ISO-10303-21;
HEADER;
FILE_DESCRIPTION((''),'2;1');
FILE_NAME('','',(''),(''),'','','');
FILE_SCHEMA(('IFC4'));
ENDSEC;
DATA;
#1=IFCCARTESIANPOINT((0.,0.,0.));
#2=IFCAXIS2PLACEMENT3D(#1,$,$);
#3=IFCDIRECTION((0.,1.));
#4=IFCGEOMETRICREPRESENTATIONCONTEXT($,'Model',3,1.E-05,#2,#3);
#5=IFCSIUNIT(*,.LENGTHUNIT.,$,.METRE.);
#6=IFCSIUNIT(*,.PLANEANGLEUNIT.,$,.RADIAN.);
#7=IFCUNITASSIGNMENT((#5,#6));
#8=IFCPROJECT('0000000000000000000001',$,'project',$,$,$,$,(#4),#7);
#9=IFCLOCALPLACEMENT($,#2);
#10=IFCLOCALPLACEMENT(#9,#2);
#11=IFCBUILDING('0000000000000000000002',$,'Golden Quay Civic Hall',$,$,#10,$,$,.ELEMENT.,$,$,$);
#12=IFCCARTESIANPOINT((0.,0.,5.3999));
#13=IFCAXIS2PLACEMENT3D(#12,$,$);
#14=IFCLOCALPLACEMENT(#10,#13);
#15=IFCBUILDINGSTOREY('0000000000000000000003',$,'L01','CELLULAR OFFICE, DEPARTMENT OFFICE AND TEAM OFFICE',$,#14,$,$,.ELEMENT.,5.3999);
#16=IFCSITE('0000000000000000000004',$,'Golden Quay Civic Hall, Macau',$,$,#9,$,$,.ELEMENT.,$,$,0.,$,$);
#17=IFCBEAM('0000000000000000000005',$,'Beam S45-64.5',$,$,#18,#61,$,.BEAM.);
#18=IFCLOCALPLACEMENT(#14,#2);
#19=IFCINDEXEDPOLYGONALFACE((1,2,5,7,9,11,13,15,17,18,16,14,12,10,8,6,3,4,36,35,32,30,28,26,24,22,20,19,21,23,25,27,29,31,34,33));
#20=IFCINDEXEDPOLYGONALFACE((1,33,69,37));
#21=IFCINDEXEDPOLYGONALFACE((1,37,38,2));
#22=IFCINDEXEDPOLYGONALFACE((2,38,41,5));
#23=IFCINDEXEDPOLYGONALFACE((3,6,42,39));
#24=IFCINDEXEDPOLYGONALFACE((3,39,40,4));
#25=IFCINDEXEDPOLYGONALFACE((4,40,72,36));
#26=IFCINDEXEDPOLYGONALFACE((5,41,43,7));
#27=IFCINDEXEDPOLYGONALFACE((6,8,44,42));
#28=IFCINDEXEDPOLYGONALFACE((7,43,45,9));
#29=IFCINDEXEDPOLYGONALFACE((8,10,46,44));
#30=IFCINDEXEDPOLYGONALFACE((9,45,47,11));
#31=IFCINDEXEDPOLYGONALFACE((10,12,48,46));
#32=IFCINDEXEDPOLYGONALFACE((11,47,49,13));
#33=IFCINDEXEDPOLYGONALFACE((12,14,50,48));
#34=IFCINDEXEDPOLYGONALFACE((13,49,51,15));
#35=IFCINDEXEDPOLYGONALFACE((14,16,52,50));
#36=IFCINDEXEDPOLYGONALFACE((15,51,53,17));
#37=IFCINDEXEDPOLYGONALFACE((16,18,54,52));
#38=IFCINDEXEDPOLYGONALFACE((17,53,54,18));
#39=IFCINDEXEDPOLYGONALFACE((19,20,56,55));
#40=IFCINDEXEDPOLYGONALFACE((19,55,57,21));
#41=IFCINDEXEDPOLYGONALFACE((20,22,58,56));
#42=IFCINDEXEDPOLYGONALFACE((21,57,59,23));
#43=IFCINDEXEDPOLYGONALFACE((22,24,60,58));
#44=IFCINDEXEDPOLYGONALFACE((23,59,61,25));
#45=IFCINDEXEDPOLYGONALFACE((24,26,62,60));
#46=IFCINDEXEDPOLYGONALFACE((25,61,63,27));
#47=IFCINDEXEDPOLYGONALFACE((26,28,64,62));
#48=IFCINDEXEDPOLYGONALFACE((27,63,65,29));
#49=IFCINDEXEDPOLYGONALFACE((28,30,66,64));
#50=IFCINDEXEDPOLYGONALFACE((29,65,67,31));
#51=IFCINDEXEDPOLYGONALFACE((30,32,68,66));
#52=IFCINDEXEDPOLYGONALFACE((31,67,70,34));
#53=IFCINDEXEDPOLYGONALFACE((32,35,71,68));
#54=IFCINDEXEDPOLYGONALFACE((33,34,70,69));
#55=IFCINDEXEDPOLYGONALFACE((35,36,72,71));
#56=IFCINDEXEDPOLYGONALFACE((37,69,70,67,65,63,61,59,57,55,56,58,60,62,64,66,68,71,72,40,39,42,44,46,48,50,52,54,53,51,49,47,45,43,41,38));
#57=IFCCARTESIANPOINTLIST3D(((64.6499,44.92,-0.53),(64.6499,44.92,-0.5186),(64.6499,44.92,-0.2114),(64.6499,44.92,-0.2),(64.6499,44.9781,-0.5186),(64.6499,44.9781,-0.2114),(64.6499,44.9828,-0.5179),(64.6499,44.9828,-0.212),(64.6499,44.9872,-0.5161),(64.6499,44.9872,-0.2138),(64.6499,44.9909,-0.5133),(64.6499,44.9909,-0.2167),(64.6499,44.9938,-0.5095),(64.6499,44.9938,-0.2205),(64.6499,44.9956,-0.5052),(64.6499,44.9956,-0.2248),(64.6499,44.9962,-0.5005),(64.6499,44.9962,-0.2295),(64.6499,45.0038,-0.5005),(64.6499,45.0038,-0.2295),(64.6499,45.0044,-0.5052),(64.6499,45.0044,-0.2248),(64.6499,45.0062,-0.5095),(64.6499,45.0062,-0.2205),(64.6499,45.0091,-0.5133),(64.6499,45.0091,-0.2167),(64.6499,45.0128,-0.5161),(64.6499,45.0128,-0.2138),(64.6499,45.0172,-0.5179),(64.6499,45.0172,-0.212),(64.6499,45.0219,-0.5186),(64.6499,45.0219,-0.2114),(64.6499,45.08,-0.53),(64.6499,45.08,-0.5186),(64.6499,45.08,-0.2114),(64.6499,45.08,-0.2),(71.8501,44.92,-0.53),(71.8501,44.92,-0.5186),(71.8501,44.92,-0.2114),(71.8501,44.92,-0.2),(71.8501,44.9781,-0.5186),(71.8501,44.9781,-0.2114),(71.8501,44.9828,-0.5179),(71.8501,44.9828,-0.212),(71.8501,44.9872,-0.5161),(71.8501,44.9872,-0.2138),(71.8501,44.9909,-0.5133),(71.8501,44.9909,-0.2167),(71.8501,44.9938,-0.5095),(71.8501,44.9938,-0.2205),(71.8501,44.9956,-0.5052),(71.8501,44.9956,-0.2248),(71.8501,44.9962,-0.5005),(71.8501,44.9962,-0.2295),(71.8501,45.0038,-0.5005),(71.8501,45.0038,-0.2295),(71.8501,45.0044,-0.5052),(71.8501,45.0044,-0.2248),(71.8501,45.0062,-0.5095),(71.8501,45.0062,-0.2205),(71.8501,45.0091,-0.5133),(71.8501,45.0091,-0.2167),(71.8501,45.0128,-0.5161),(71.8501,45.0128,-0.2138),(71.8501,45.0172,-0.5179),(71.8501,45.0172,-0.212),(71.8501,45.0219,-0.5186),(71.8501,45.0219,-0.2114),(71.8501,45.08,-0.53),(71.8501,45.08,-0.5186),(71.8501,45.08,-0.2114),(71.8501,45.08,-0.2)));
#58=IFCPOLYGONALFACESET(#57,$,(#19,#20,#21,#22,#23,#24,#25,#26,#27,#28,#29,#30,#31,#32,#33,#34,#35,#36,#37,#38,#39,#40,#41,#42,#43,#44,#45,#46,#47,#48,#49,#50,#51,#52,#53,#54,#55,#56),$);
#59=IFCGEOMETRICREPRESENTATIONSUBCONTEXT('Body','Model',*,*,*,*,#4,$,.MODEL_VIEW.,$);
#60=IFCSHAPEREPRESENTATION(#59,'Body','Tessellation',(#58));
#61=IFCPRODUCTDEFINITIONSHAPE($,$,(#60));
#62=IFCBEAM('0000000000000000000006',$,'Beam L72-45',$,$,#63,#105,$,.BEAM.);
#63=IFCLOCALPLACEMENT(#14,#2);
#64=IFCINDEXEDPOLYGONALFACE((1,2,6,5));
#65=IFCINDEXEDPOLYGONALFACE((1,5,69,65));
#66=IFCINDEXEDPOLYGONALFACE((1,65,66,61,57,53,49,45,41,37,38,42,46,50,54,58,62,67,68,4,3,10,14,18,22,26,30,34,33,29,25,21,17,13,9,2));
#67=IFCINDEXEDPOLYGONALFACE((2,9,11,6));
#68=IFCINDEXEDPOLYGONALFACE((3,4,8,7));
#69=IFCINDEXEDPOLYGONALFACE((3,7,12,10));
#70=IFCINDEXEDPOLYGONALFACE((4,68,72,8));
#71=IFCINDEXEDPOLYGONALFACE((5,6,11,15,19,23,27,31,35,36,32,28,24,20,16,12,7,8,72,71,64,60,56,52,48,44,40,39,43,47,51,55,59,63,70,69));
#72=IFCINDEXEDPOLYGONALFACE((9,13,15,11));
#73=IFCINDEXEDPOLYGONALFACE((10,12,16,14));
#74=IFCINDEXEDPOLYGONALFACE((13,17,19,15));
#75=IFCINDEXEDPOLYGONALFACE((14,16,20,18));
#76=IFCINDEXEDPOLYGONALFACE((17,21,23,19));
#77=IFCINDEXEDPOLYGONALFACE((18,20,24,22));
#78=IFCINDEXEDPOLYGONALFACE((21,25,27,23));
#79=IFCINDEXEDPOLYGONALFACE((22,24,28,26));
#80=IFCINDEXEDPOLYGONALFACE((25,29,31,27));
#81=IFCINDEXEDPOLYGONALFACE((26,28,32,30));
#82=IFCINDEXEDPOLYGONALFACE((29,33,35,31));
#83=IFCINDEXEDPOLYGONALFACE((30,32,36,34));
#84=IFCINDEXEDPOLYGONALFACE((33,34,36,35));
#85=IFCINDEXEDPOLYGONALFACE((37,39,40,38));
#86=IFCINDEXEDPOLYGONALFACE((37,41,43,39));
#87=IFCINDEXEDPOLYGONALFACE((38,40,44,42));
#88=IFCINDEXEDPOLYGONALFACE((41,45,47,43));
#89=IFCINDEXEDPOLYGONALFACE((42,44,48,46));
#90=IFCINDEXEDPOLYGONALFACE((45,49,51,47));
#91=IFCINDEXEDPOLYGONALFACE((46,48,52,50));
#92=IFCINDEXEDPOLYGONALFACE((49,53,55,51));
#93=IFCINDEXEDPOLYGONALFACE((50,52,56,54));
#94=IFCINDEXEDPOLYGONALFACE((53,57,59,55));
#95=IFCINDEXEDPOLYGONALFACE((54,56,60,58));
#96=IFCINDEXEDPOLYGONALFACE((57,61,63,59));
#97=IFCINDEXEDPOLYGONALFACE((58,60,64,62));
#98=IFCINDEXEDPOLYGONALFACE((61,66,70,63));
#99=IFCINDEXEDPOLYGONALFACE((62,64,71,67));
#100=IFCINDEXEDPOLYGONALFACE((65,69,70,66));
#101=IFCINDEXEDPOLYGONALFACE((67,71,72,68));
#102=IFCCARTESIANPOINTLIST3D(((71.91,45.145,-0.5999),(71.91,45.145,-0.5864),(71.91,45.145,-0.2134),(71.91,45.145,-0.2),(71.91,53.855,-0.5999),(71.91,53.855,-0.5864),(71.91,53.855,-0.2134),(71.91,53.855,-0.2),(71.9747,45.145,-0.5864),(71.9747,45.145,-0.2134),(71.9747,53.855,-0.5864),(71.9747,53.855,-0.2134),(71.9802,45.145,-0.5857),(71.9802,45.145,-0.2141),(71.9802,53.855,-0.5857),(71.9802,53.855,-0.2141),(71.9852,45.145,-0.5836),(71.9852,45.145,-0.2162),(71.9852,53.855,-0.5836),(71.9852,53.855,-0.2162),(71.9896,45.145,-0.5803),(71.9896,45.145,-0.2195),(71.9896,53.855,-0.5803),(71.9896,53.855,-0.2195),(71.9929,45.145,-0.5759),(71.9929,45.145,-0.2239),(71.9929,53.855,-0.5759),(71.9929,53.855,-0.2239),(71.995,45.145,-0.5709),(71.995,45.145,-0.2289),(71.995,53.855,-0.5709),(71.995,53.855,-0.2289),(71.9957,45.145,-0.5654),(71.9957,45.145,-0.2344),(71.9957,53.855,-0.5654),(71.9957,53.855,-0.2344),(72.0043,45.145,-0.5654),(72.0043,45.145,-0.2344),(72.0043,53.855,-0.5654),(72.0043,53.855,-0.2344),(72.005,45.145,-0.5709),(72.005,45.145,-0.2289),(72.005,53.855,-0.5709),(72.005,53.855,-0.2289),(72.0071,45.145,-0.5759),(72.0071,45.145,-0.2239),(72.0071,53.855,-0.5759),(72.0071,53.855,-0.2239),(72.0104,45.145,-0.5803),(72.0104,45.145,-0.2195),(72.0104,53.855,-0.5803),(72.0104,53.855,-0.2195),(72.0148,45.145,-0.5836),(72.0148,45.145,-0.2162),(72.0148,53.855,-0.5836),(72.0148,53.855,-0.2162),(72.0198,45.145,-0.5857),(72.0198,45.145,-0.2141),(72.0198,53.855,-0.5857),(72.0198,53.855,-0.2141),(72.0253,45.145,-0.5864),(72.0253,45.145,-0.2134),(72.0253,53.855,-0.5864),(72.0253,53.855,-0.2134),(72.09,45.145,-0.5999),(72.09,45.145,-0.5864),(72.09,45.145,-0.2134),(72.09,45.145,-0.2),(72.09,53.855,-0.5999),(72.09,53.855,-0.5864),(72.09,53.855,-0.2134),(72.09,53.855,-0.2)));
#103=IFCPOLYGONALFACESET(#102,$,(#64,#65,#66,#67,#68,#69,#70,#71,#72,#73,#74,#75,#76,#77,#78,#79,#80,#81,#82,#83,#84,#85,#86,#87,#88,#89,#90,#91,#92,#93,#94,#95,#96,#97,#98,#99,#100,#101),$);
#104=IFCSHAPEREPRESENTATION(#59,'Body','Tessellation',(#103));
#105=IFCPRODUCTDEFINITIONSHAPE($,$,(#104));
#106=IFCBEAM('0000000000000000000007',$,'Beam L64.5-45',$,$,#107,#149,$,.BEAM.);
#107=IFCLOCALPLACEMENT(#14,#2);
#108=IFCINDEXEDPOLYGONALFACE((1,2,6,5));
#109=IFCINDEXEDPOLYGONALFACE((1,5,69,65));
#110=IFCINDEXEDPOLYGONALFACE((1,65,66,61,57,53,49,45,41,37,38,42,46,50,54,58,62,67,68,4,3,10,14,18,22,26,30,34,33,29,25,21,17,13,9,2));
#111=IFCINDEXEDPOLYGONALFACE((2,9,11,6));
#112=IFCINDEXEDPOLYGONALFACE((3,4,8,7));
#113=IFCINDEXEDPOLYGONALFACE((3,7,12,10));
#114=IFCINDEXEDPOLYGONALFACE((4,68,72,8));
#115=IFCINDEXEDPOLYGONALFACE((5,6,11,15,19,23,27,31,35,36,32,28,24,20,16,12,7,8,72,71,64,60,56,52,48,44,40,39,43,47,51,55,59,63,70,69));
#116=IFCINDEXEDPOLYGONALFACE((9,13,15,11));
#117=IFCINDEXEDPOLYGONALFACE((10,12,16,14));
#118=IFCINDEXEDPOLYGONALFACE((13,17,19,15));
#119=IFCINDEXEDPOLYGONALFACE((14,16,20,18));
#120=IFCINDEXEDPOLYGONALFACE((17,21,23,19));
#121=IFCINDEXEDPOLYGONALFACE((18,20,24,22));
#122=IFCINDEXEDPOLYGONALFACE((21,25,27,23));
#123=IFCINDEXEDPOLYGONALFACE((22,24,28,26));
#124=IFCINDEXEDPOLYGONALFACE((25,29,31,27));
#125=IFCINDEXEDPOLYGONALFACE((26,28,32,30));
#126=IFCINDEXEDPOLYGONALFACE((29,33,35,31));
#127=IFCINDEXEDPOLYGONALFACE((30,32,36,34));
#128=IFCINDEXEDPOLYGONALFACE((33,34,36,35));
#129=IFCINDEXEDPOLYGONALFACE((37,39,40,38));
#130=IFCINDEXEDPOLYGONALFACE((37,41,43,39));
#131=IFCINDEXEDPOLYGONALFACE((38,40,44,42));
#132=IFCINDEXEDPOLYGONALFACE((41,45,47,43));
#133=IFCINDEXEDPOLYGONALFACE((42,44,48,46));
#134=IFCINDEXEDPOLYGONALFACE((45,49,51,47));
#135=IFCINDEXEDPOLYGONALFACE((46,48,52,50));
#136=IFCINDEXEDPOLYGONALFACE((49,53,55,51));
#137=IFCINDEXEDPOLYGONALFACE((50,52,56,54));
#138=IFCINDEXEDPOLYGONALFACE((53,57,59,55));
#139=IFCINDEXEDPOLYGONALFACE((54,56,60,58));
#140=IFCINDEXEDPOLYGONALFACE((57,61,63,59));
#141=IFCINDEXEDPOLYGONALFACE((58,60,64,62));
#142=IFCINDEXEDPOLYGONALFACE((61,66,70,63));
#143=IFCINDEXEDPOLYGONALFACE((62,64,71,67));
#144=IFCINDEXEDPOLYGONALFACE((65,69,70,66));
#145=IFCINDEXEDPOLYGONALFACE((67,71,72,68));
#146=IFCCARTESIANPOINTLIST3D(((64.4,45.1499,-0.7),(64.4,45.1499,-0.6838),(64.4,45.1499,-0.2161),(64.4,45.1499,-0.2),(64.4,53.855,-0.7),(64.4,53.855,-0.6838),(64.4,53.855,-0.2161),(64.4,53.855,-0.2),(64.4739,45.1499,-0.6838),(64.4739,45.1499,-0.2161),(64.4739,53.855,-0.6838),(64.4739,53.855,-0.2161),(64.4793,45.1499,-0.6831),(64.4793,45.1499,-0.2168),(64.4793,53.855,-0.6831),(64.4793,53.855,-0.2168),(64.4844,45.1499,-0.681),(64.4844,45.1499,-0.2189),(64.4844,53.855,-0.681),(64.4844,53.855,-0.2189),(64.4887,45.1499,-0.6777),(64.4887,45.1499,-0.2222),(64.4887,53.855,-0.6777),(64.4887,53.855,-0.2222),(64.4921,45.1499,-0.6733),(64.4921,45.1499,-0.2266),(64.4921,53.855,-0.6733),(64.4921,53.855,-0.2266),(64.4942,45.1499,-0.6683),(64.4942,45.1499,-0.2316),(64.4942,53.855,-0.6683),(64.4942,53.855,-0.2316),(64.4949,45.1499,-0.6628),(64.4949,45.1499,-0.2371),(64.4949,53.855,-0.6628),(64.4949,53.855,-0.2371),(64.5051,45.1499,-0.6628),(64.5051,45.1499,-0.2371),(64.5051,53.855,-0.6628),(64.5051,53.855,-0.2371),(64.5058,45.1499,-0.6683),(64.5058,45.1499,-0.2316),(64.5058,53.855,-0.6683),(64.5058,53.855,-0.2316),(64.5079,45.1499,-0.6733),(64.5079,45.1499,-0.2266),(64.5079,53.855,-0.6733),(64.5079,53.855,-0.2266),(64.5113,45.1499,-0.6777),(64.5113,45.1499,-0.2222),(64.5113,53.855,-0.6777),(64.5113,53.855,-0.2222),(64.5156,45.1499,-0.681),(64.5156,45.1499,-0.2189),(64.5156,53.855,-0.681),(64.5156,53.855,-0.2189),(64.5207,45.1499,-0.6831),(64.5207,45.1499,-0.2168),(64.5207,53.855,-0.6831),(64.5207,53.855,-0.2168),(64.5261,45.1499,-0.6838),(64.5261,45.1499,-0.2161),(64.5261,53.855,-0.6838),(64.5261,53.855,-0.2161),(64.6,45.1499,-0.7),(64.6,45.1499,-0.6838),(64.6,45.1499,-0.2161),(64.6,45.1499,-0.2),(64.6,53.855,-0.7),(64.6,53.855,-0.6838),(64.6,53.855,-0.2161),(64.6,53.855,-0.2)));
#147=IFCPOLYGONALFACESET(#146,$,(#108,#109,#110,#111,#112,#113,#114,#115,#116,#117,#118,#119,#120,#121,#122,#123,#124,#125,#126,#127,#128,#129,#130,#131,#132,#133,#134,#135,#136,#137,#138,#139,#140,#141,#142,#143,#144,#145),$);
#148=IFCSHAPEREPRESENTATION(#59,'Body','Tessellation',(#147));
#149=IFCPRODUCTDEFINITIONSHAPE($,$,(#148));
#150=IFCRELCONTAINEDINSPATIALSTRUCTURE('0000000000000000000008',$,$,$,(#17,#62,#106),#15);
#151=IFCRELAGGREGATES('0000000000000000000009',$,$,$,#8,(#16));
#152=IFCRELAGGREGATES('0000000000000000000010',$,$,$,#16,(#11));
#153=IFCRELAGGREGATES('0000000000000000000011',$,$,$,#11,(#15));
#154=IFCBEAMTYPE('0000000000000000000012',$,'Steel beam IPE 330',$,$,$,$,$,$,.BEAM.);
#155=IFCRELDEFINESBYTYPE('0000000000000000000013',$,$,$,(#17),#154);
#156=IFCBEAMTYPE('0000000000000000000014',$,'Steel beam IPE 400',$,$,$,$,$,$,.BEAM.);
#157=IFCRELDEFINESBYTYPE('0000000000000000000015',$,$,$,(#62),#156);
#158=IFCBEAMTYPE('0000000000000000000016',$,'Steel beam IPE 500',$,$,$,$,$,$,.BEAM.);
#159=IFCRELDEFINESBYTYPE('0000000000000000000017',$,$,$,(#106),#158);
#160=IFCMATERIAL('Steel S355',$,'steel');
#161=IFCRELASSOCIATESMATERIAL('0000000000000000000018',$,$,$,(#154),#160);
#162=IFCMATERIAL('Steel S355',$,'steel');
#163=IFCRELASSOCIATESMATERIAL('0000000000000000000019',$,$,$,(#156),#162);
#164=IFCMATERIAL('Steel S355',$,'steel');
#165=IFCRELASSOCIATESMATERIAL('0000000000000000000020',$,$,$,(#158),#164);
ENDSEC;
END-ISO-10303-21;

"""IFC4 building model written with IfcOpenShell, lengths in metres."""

from ifc_helpers import new_model, si_unit, direction, frame, origin, origin_2d, place, context, subcontext, project, spatial, i_section, extrude, material, material_profile, profile_set, type_object, element, save


model = new_model("IFC4")

# Units and contexts
model_context = context("Model", 3, precision=1e-05, world=origin(), true_north=direction((0.0, 1.0)))
body_context = subcontext(model_context, "Body", "Model", "MODEL_VIEW")
ifc_project = project(units=[si_unit("LENGTHUNIT", "METRE"), si_unit("PLANEANGLEUNIT", "RADIAN")], contexts=[model_context])

# Site, building, storey
site_placement = place(None, origin())
site = spatial("IfcSite", under=ifc_project, at=site_placement, Name="Golden Quay Civic Hall, Macau", CompositionType="ELEMENT", RefElevation=0.0)
building_placement = place(site_placement, origin())
building = spatial("IfcBuilding", under=site, at=building_placement, Name="Golden Quay Civic Hall", CompositionType="ELEMENT")
storey_placement = place(building_placement, frame((0.0, 0.0, 5.3999)))
storey = spatial("IfcBuildingStorey", under=building, at=storey_placement, Name="L01", Description="CELLULAR OFFICE, DEPARTMENT OFFICE AND TEAM OFFICE", CompositionType="ELEMENT", Elevation=5.3999)

# Beams
ifc_material_1 = material(Name="Steel S355", Category="steel")
ifc_material_profile_1 = material_profile(ifc_material_1, i_section(OverallWidth=0.1599, OverallDepth=0.3301, WebThickness=0.0076, FlangeThickness=0.0115, FilletRadius=0.0181, at=origin_2d()), Name="IPE 330")
ifc_profile_set_1 = profile_set([ifc_material_profile_1], Name="Steel S355")
beam_type_1 = type_object("IfcBeamType", Name="Steel beam IPE 330", PredefinedType="BEAM", material=ifc_profile_set_1)
beam_1_placement = place(storey_placement, frame((64.6499, 45.0, -0.365), z_axis=(1.0, 0.0, 0.0), x_axis=(0.0, 1.0, 0.0)))
element("IfcBeam", 1, at=beam_1_placement, inside=storey, type_object=beam_type_1, Name="Beam S45-64.5", PredefinedType="BEAM", context=body_context, shape_type="SweptSolid", body=[
    extrude(i_section(OverallWidth=0.1599, OverallDepth=0.3301, WebThickness=0.0076, FlangeThickness=0.0115, FilletRadius=0.0181, at=origin_2d()), origin(), (0.0, 0.0, 1.0), 7.2002),
])
ifc_material_2 = material(Name="Steel S355", Category="steel")
ifc_material_profile_2 = material_profile(ifc_material_2, i_section(OverallWidth=0.1799, OverallDepth=0.3999, WebThickness=0.0085, FlangeThickness=0.0134, FilletRadius=0.021, at=origin_2d()), Name="IPE 400")
ifc_profile_set_2 = profile_set([ifc_material_profile_2], Name="Steel S355")
beam_type_2 = type_object("IfcBeamType", Name="Steel beam IPE 400", PredefinedType="BEAM", material=ifc_profile_set_2)
beam_2_placement = place(storey_placement, frame((72.0, 45.145, -0.3999), z_axis=(0.0, 1.0, 0.0), x_axis=(-1.0, 0.0, 0.0)))
element("IfcBeam", 2, at=beam_2_placement, inside=storey, type_object=beam_type_2, Name="Beam L72-45", PredefinedType="BEAM", context=body_context, shape_type="SweptSolid", body=[
    extrude(i_section(OverallWidth=0.1799, OverallDepth=0.3999, WebThickness=0.0085, FlangeThickness=0.0134, FilletRadius=0.021, at=origin_2d()), origin(), (0.0, 0.0, 1.0), 8.71),
])
ifc_material_3 = material(Name="Steel S355", Category="steel")
ifc_material_profile_3 = material_profile(ifc_material_3, i_section(OverallWidth=0.2, OverallDepth=0.5, WebThickness=0.0103, FlangeThickness=0.0161, FilletRadius=0.021, at=origin_2d()), Name="IPE 500")
ifc_profile_set_3 = profile_set([ifc_material_profile_3], Name="Steel S355")
beam_type_3 = type_object("IfcBeamType", Name="Steel beam IPE 500", PredefinedType="BEAM", material=ifc_profile_set_3)
beam_3_placement = place(storey_placement, frame((64.5, 45.1499, -0.45), z_axis=(0.0, 1.0, 0.0), x_axis=(-1.0, 0.0, 0.0)))
element("IfcBeam", 3, at=beam_3_placement, inside=storey, type_object=beam_type_3, Name="Beam L64.5-45", PredefinedType="BEAM", context=body_context, shape_type="SweptSolid", body=[
    extrude(i_section(OverallWidth=0.2, OverallDepth=0.5, WebThickness=0.0103, FlangeThickness=0.0161, FilletRadius=0.021, at=origin_2d()), origin(), (0.0, 0.0, 1.0), 8.7051),
])

save(model, "model.ifc")
